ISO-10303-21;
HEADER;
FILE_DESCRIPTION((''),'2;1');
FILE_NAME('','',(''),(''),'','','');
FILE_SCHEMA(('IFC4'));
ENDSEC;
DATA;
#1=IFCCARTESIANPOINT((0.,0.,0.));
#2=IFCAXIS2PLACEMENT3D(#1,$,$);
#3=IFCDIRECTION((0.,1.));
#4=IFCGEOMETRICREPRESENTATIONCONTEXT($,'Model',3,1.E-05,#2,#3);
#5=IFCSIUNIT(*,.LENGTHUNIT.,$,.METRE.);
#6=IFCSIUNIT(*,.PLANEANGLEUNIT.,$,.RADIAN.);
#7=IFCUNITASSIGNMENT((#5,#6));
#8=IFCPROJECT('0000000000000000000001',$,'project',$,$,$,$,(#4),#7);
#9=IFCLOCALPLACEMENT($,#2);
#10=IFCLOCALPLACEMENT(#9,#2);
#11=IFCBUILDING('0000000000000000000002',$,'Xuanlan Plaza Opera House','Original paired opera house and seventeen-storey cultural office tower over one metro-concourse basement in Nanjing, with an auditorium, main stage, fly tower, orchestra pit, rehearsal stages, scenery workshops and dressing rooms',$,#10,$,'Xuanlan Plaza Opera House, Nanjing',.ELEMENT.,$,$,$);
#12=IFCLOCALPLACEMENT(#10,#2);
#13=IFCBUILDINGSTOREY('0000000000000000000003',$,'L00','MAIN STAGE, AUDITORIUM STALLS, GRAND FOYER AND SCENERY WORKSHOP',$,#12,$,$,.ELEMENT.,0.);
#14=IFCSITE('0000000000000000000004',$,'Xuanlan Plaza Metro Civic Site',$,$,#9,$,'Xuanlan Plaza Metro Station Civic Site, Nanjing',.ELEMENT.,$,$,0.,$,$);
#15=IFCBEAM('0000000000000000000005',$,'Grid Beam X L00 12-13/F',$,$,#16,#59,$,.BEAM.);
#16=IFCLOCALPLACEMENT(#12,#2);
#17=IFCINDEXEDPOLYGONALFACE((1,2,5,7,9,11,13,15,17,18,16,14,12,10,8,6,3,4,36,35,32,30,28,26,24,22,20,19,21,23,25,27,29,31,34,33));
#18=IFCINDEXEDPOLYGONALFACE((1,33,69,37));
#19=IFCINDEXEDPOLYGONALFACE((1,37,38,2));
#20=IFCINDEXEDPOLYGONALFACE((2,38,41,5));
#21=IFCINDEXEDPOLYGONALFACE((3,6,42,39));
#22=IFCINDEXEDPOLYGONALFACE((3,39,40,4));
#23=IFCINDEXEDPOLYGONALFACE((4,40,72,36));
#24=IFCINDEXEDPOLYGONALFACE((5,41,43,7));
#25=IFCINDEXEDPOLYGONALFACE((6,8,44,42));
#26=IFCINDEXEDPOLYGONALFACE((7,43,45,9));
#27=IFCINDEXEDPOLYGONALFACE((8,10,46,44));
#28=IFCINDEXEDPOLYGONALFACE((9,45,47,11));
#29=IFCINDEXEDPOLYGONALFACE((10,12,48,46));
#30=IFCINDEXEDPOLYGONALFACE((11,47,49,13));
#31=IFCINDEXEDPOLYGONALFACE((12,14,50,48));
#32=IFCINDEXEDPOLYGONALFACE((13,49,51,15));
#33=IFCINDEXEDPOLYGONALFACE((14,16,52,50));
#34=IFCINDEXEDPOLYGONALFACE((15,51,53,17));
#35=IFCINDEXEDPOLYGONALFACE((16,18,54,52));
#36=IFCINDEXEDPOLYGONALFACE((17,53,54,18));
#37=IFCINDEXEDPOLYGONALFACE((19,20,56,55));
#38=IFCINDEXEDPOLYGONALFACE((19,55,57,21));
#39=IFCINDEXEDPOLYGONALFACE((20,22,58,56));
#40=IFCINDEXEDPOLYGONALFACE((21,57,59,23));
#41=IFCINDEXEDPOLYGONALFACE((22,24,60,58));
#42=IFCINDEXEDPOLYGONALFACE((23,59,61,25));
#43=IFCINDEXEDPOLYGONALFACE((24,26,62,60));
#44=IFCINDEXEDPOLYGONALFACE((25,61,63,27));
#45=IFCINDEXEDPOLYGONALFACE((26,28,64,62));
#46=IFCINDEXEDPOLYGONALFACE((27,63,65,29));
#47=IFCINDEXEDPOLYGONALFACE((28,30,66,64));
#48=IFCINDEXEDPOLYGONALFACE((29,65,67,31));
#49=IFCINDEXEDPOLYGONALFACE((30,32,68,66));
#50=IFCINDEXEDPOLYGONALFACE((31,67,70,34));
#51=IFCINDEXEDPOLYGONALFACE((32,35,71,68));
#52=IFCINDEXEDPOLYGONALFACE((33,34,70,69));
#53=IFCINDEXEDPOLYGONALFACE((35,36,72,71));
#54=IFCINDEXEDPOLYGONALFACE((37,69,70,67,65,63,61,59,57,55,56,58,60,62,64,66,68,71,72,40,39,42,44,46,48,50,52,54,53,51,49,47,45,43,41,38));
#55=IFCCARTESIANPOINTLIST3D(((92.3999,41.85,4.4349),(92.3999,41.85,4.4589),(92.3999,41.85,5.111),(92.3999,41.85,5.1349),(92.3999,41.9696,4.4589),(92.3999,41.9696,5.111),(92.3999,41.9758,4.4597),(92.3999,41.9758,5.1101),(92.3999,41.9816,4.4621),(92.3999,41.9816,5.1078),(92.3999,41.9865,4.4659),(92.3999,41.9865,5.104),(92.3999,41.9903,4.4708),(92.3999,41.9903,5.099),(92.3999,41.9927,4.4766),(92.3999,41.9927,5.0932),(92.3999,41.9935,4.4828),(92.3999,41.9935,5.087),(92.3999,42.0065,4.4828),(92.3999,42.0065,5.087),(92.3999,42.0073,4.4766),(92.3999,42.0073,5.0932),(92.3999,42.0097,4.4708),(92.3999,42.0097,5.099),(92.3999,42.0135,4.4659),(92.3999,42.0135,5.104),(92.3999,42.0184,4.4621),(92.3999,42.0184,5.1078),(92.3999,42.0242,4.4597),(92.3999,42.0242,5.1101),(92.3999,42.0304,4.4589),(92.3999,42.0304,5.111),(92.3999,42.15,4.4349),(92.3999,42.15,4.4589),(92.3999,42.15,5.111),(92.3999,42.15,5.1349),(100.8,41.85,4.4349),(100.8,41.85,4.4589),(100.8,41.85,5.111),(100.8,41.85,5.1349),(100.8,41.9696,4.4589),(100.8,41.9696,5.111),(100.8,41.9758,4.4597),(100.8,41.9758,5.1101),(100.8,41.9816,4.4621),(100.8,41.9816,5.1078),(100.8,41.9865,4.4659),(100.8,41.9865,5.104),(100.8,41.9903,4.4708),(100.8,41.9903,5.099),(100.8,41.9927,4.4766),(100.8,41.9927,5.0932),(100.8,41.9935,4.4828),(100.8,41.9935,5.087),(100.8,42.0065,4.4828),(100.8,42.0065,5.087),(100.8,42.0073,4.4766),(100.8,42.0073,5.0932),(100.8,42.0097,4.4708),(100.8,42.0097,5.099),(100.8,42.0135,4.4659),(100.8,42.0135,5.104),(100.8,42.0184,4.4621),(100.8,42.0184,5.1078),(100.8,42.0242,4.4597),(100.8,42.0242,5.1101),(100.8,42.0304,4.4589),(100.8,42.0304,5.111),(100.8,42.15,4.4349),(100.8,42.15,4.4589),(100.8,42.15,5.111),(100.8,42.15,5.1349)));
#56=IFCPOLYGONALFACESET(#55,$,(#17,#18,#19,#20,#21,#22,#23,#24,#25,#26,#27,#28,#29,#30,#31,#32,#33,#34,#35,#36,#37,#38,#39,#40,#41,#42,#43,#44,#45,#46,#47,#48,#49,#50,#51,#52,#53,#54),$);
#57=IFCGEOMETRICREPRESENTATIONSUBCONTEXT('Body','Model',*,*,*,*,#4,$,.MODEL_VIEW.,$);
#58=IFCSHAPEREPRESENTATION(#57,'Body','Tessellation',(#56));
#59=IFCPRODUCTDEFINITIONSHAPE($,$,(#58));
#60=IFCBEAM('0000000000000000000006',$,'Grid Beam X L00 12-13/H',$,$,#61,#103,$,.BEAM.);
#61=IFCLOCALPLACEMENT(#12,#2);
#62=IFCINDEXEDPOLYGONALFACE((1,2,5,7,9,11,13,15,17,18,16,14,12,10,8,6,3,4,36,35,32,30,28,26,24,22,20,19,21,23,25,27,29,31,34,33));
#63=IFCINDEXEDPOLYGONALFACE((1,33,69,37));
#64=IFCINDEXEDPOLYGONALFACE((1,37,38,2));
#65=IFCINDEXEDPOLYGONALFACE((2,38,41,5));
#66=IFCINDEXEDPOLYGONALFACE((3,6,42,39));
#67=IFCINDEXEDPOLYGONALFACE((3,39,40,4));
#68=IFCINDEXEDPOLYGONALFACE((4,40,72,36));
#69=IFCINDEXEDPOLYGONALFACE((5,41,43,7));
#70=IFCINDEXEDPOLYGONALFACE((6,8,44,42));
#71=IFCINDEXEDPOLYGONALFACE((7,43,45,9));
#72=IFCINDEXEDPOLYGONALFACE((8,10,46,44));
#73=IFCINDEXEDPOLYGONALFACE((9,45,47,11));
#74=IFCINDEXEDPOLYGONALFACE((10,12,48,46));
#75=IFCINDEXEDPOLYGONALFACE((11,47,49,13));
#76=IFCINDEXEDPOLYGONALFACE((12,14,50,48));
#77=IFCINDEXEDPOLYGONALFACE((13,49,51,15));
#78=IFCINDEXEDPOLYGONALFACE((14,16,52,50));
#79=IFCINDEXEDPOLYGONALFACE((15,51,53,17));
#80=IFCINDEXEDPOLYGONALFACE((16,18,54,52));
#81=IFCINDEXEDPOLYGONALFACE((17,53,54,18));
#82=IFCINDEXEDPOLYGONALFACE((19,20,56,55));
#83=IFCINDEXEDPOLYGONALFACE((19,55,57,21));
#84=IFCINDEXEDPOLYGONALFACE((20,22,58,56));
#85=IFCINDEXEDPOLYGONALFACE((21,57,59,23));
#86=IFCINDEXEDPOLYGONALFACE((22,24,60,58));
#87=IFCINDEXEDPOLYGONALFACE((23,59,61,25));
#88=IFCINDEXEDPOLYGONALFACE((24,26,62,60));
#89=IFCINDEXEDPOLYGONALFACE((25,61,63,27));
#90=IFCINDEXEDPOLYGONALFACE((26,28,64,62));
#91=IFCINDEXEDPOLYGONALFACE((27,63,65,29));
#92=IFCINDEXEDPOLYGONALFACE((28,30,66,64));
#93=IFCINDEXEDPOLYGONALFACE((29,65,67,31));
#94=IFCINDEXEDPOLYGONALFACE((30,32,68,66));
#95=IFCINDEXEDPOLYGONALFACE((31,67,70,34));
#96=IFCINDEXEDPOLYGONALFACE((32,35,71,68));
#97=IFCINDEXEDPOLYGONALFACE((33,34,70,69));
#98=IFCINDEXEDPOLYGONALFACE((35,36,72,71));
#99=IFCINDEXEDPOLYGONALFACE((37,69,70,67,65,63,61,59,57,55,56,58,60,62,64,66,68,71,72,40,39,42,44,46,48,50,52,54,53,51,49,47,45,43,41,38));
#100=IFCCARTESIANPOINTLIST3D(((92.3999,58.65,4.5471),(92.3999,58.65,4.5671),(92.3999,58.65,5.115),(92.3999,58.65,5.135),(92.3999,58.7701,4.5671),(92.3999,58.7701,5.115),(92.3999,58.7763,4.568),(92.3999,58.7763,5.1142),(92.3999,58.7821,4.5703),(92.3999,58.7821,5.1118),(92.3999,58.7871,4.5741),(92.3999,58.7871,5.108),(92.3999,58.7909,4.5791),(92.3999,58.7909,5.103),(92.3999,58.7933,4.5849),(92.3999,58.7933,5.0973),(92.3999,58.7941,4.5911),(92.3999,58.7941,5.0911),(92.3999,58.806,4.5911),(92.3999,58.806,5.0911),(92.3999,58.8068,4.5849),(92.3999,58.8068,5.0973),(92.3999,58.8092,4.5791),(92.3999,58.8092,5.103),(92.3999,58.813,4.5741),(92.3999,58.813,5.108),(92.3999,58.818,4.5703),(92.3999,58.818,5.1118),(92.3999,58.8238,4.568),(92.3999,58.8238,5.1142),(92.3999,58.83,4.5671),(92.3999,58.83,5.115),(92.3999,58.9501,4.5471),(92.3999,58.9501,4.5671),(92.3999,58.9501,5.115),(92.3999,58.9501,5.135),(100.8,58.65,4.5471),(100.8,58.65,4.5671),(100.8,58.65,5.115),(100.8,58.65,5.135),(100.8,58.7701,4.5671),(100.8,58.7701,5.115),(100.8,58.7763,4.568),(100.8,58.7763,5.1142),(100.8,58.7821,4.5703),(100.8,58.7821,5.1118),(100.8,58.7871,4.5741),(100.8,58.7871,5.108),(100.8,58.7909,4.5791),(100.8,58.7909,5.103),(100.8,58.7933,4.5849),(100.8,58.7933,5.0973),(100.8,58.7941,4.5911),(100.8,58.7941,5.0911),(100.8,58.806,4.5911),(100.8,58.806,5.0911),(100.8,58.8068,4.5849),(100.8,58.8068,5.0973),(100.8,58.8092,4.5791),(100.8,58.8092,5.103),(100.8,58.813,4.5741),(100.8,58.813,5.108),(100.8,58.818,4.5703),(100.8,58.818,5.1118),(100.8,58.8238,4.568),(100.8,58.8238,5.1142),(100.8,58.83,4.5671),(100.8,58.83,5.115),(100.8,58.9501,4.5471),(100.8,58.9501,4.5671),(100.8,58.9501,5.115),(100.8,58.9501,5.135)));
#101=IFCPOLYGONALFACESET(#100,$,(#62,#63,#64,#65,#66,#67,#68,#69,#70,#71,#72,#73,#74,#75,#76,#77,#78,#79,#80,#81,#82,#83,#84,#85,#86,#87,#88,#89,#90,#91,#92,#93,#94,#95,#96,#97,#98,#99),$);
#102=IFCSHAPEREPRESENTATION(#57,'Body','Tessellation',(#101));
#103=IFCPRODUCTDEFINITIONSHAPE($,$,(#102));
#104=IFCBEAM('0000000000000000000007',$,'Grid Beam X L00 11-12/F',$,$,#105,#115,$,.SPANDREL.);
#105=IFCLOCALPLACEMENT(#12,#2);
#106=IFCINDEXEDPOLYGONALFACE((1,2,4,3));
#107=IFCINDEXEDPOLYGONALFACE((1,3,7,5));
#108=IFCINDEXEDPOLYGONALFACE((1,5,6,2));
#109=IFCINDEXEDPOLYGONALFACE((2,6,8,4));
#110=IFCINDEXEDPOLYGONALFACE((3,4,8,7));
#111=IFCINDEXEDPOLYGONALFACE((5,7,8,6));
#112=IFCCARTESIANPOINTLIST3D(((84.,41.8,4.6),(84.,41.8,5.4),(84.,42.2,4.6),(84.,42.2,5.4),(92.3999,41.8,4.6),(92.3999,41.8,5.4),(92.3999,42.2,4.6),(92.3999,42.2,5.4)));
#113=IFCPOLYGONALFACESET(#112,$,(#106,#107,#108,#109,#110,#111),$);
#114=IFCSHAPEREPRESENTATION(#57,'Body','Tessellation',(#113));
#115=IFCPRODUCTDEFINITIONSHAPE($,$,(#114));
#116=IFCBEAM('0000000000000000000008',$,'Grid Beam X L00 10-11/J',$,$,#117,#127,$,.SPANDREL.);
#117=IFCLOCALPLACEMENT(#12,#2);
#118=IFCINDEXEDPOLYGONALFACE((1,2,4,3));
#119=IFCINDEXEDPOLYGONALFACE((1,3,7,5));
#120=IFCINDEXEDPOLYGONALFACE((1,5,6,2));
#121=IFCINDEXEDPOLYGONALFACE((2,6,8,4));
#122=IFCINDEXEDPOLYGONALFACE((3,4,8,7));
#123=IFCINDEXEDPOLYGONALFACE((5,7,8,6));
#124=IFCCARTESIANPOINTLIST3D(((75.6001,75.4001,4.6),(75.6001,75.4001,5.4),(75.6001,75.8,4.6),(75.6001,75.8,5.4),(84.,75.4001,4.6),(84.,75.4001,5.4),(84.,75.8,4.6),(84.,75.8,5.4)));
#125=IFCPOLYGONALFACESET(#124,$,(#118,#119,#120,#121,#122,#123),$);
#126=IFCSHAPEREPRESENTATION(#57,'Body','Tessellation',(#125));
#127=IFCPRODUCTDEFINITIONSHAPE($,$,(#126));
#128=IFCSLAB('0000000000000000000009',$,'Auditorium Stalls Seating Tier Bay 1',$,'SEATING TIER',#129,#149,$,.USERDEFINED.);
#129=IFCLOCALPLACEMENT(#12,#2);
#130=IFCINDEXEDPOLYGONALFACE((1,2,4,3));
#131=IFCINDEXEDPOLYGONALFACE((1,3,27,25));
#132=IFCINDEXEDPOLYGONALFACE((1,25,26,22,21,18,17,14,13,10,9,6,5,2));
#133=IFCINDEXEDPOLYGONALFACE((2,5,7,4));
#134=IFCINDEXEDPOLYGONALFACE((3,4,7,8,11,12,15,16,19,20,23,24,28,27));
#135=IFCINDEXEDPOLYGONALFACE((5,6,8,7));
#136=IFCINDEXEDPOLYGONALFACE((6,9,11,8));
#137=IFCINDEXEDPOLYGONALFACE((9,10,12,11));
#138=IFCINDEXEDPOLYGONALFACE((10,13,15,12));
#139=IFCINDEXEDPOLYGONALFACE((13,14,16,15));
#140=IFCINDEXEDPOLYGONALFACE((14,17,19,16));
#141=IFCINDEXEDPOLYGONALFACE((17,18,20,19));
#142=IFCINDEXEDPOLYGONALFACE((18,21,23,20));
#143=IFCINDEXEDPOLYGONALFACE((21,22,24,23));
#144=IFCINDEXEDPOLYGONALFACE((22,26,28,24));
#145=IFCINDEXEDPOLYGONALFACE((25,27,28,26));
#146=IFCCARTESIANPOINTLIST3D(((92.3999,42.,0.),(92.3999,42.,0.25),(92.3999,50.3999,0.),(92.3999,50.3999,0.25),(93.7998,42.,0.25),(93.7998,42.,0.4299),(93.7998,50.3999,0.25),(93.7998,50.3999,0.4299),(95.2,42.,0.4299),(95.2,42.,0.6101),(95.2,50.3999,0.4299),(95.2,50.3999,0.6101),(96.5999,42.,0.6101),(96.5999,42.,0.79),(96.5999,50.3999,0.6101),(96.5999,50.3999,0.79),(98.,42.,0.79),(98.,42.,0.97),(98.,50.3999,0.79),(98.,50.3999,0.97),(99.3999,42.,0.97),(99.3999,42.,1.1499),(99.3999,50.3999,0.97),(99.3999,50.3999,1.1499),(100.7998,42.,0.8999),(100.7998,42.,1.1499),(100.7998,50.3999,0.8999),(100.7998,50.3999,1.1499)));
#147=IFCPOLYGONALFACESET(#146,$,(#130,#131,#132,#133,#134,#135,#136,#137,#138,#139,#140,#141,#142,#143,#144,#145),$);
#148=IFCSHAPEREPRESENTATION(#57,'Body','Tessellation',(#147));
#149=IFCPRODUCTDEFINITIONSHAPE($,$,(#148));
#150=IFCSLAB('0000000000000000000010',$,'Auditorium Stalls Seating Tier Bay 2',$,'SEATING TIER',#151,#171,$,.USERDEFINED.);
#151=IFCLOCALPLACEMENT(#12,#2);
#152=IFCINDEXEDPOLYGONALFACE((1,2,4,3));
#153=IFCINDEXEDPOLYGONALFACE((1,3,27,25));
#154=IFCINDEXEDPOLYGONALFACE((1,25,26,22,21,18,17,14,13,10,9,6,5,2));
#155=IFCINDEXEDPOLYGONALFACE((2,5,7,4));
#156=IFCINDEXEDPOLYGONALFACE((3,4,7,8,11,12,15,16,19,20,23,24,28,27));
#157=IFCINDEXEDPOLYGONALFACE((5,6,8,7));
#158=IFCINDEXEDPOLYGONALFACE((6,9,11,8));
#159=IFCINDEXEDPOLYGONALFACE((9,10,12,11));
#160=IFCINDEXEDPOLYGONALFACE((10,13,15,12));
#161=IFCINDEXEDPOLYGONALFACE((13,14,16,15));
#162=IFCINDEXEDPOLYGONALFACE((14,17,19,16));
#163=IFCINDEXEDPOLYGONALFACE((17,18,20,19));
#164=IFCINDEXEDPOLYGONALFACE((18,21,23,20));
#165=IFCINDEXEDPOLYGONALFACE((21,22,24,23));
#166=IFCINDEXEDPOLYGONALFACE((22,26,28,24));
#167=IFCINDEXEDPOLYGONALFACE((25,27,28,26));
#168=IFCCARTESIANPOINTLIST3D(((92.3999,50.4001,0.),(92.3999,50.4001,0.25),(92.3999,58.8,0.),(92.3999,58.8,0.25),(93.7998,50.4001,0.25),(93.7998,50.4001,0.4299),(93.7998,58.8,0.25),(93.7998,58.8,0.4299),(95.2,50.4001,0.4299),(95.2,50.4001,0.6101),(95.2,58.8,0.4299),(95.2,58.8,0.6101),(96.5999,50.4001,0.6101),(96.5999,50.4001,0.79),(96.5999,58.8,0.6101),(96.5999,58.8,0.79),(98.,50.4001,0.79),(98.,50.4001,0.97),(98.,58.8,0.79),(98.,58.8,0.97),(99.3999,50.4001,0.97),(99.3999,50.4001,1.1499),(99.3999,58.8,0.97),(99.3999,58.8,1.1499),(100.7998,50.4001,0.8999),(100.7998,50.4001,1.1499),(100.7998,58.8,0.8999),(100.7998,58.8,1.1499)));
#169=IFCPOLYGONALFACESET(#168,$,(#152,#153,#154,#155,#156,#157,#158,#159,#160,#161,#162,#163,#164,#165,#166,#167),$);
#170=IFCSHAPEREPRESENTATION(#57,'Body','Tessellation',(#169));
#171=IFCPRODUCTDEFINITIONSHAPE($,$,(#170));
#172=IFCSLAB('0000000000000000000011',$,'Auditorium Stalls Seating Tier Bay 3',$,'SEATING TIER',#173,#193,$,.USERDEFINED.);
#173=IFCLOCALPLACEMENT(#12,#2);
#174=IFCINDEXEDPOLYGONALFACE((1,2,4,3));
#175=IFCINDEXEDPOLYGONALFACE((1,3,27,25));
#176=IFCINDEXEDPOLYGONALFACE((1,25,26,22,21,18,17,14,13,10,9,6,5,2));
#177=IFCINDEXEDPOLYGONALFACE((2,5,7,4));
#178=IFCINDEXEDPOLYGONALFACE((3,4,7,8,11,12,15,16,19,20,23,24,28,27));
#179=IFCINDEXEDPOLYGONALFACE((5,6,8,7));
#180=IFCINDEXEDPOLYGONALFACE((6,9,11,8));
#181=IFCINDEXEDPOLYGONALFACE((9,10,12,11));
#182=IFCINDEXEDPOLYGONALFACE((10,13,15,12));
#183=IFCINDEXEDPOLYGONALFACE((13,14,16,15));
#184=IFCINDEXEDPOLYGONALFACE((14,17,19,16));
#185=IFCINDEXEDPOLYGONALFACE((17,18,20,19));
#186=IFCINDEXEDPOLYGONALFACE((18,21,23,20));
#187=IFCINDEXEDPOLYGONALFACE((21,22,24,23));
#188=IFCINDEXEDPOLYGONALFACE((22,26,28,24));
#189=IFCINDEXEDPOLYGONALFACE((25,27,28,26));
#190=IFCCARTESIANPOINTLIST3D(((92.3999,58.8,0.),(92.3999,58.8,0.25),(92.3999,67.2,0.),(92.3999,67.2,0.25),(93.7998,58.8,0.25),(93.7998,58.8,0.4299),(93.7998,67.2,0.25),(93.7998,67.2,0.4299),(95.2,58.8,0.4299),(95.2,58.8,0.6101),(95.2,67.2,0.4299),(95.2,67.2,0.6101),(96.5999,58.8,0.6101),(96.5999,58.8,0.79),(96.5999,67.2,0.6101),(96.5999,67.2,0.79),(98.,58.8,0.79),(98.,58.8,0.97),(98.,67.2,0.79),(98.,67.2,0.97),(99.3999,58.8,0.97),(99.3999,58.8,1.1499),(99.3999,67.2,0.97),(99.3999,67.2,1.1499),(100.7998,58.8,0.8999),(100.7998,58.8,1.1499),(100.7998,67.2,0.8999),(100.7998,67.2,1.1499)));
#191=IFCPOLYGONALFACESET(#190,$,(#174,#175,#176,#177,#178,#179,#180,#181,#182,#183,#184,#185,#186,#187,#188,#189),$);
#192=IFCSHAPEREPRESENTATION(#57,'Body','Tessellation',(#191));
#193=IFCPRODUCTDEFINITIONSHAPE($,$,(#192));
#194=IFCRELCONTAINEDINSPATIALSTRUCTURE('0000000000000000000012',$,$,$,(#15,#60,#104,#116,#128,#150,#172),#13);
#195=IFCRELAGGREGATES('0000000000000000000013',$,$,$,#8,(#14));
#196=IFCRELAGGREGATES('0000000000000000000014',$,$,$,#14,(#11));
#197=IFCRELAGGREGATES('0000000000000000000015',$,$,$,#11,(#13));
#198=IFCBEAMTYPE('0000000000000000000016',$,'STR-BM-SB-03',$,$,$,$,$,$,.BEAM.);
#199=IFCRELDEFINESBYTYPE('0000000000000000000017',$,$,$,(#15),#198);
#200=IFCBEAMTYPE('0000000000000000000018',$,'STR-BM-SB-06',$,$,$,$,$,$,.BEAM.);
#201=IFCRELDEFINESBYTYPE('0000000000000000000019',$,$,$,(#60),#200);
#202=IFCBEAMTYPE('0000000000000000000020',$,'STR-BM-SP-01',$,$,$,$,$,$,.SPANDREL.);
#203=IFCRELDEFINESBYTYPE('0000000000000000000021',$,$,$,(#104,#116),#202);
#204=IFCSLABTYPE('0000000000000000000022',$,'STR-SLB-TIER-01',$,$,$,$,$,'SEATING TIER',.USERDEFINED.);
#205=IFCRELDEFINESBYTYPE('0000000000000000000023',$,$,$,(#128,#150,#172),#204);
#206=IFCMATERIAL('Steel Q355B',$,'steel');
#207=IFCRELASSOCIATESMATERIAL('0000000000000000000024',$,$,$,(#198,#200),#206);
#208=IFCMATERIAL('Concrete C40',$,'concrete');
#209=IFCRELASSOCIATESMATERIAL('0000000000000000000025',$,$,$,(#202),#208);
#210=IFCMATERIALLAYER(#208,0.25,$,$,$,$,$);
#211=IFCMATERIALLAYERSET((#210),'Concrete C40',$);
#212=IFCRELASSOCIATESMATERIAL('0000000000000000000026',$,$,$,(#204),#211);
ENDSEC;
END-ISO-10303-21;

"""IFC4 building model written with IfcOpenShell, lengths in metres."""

from ifc_helpers import new_model, si_unit, direction, frame, origin, origin_2d, place, context, subcontext, project, spatial, polyline, rectangle, i_section, outline, extrude, material, layer, layer_set, material_profile, profile_set, type_object, element, save


model = new_model("IFC4")

# Units and contexts
model_context = context("Model", 3, precision=1e-05, world=origin(), true_north=direction((0.0, 1.0)))
body_context = subcontext(model_context, "Body", "Model", "MODEL_VIEW")
ifc_project = project(units=[si_unit("LENGTHUNIT", "METRE"), si_unit("PLANEANGLEUNIT", "RADIAN")], contexts=[model_context])

# Site, building, storey
site_placement = place(None, origin())
site = spatial("IfcSite", under=ifc_project, at=site_placement, Name="Xuanlan Plaza Metro Civic Site", LongName="Xuanlan Plaza Metro Station Civic Site, Nanjing", CompositionType="ELEMENT", RefElevation=0.0)
building_placement = place(site_placement, origin())
building = spatial("IfcBuilding", under=site, at=building_placement, Name="Xuanlan Plaza Opera House", Description="Original paired opera house and seventeen-storey cultural office tower over one metro-concourse basement in Nanjing, with an auditorium, main stage, fly tower, orchestra pit, rehearsal stages, scenery workshops and dressing rooms", LongName="Xuanlan Plaza Opera House, Nanjing", CompositionType="ELEMENT")
storey_placement = place(building_placement, origin())
storey = spatial("IfcBuildingStorey", under=building, at=storey_placement, Name="L00", Description="MAIN STAGE, AUDITORIUM STALLS, GRAND FOYER AND SCENERY WORKSHOP", CompositionType="ELEMENT", Elevation=0.0)

# Beams
ifc_material_1 = material(Name="Concrete C40", Category="concrete")
ifc_material_2 = material(Name="Steel Q355B", Category="steel")
ifc_material_profile_1 = material_profile(ifc_material_2, i_section(OverallWidth=0.3, OverallDepth=0.7, WebThickness=0.0129, FlangeThickness=0.0239, FilletRadius=0.0239, at=origin_2d()), Name="HN 700x300x13x24")
ifc_profile_set_1 = profile_set([ifc_material_profile_1], Name="Steel Q355B")
beam_type_1 = type_object("IfcBeamType", Name="STR-BM-SB-03", PredefinedType="BEAM", material=ifc_profile_set_1)
beam_1_placement = place(storey_placement, frame((92.3999, 42.0, 4.7849), z_axis=(1.0, 0.0, 0.0), x_axis=(0.0, 1.0, 0.0)))
element("IfcBeam", 1, at=beam_1_placement, inside=storey, type_object=beam_type_1, Name="Grid Beam X L00 12-13/F", PredefinedType="BEAM", context=body_context, shape_type="SweptSolid", body=[
    extrude(i_section(OverallWidth=0.3, OverallDepth=0.7, WebThickness=0.0129, FlangeThickness=0.0239, FilletRadius=0.0239, at=origin_2d()), origin(), (0.0, 0.0, 1.0), 8.4001),
])
ifc_material_profile_2 = material_profile(ifc_material_2, i_section(OverallWidth=0.3, OverallDepth=0.5879, WebThickness=0.012, FlangeThickness=0.02, FilletRadius=0.0239, at=origin_2d()), Name="HM 588x300x12x20")
ifc_profile_set_2 = profile_set([ifc_material_profile_2], Name="Steel Q355B")
beam_type_2 = type_object("IfcBeamType", Name="STR-BM-SB-06", PredefinedType="BEAM", material=ifc_profile_set_2)
beam_2_placement = place(storey_placement, frame((92.3999, 58.8, 4.8411), z_axis=(1.0, 0.0, 0.0), x_axis=(0.0, 1.0, 0.0)))
element("IfcBeam", 2, at=beam_2_placement, inside=storey, type_object=beam_type_2, Name="Grid Beam X L00 12-13/H", PredefinedType="BEAM", context=body_context, shape_type="SweptSolid", body=[
    extrude(i_section(OverallWidth=0.3, OverallDepth=0.5879, WebThickness=0.012, FlangeThickness=0.02, FilletRadius=0.0239, at=origin_2d()), origin(), (0.0, 0.0, 1.0), 8.4001),
])
ifc_material_profile_3 = material_profile(ifc_material_1, rectangle(XDim=0.3999, YDim=0.8, at=origin_2d()), Name="RC-SPD 400x800")
ifc_profile_set_3 = profile_set([ifc_material_profile_3], Name="Concrete C40")
beam_type_3 = type_object("IfcBeamType", Name="STR-BM-SP-01", PredefinedType="SPANDREL", material=ifc_profile_set_3)
for number, where, z_axis, x_axis, name in (
    (3, (84.0, 42.0, 5.0), (1.0, 0.0, 0.0), (0.0, 1.0, 0.0), "Grid Beam X L00 11-12/F"),
    (4, (75.6001, 75.6001, 5.0), (1.0, 0.0, 0.0), (0.0, 1.0, 0.0), "Grid Beam X L00 10-11/J"),
):
    element("IfcBeam", number, at=place(storey_placement, frame(where, z_axis=z_axis, x_axis=x_axis)), inside=storey, type_object=beam_type_3, Name=name, PredefinedType="SPANDREL", context=body_context, shape_type="SweptSolid", body=[
        extrude(rectangle(XDim=0.3999, YDim=0.8, at=origin_2d()), origin(), (0.0, 0.0, 1.0), 8.3999),
    ])

# Slabs
ifc_layer_1 = layer(ifc_material_1, 0.25)
ifc_layer_set_1 = layer_set([ifc_layer_1], Name="Concrete C40")
slab_type = type_object("IfcSlabType", Name="STR-SLB-TIER-01", ElementType="SEATING TIER", PredefinedType="USERDEFINED", material=ifc_layer_set_1)
for number, where, z_axis, x_axis, name in (
    (5, (92.3999, 46.2, 0.0), (0.0, 0.0, 1.0), (1.0, 0.0, 0.0), "Auditorium Stalls Seating Tier Bay 1"),
    (6, (92.3999, 54.6001, 0.0), (0.0, 0.0, 1.0), (1.0, 0.0, 0.0), "Auditorium Stalls Seating Tier Bay 2"),
    (7, (92.3999, 63.0, 0.0), (0.0, 0.0, 1.0), (1.0, 0.0, 0.0), "Auditorium Stalls Seating Tier Bay 3"),
):
    element("IfcSlab", number, at=place(storey_placement, frame(where, z_axis=z_axis, x_axis=x_axis)), inside=storey, type_object=slab_type, Name=name, ObjectType="SEATING TIER", PredefinedType="USERDEFINED", context=body_context, shape_type="SweptSolid", body=[
        extrude(outline(polyline([(0.0, 0.0), (0.0, 0.25), (1.3999, 0.25), (1.3999, 0.4299), (2.8, 0.4299), (2.8, 0.6101), (4.2, 0.6101), (4.2, 0.79), (5.6001, 0.79), (5.6001, 0.97), (7.0, 0.97), (7.0, 1.1499), (8.3999, 1.1499), (8.3999, 0.8999), (0.0, 0.0)])), frame((0.0, 4.2, 0.0), z_axis=(0.0, -1.0, 0.0), x_axis=(1.0, 0.0, 0.0)), (0.0, 0.0, 1.0), 8.3999),
    ])

save(model, "model.ifc")
